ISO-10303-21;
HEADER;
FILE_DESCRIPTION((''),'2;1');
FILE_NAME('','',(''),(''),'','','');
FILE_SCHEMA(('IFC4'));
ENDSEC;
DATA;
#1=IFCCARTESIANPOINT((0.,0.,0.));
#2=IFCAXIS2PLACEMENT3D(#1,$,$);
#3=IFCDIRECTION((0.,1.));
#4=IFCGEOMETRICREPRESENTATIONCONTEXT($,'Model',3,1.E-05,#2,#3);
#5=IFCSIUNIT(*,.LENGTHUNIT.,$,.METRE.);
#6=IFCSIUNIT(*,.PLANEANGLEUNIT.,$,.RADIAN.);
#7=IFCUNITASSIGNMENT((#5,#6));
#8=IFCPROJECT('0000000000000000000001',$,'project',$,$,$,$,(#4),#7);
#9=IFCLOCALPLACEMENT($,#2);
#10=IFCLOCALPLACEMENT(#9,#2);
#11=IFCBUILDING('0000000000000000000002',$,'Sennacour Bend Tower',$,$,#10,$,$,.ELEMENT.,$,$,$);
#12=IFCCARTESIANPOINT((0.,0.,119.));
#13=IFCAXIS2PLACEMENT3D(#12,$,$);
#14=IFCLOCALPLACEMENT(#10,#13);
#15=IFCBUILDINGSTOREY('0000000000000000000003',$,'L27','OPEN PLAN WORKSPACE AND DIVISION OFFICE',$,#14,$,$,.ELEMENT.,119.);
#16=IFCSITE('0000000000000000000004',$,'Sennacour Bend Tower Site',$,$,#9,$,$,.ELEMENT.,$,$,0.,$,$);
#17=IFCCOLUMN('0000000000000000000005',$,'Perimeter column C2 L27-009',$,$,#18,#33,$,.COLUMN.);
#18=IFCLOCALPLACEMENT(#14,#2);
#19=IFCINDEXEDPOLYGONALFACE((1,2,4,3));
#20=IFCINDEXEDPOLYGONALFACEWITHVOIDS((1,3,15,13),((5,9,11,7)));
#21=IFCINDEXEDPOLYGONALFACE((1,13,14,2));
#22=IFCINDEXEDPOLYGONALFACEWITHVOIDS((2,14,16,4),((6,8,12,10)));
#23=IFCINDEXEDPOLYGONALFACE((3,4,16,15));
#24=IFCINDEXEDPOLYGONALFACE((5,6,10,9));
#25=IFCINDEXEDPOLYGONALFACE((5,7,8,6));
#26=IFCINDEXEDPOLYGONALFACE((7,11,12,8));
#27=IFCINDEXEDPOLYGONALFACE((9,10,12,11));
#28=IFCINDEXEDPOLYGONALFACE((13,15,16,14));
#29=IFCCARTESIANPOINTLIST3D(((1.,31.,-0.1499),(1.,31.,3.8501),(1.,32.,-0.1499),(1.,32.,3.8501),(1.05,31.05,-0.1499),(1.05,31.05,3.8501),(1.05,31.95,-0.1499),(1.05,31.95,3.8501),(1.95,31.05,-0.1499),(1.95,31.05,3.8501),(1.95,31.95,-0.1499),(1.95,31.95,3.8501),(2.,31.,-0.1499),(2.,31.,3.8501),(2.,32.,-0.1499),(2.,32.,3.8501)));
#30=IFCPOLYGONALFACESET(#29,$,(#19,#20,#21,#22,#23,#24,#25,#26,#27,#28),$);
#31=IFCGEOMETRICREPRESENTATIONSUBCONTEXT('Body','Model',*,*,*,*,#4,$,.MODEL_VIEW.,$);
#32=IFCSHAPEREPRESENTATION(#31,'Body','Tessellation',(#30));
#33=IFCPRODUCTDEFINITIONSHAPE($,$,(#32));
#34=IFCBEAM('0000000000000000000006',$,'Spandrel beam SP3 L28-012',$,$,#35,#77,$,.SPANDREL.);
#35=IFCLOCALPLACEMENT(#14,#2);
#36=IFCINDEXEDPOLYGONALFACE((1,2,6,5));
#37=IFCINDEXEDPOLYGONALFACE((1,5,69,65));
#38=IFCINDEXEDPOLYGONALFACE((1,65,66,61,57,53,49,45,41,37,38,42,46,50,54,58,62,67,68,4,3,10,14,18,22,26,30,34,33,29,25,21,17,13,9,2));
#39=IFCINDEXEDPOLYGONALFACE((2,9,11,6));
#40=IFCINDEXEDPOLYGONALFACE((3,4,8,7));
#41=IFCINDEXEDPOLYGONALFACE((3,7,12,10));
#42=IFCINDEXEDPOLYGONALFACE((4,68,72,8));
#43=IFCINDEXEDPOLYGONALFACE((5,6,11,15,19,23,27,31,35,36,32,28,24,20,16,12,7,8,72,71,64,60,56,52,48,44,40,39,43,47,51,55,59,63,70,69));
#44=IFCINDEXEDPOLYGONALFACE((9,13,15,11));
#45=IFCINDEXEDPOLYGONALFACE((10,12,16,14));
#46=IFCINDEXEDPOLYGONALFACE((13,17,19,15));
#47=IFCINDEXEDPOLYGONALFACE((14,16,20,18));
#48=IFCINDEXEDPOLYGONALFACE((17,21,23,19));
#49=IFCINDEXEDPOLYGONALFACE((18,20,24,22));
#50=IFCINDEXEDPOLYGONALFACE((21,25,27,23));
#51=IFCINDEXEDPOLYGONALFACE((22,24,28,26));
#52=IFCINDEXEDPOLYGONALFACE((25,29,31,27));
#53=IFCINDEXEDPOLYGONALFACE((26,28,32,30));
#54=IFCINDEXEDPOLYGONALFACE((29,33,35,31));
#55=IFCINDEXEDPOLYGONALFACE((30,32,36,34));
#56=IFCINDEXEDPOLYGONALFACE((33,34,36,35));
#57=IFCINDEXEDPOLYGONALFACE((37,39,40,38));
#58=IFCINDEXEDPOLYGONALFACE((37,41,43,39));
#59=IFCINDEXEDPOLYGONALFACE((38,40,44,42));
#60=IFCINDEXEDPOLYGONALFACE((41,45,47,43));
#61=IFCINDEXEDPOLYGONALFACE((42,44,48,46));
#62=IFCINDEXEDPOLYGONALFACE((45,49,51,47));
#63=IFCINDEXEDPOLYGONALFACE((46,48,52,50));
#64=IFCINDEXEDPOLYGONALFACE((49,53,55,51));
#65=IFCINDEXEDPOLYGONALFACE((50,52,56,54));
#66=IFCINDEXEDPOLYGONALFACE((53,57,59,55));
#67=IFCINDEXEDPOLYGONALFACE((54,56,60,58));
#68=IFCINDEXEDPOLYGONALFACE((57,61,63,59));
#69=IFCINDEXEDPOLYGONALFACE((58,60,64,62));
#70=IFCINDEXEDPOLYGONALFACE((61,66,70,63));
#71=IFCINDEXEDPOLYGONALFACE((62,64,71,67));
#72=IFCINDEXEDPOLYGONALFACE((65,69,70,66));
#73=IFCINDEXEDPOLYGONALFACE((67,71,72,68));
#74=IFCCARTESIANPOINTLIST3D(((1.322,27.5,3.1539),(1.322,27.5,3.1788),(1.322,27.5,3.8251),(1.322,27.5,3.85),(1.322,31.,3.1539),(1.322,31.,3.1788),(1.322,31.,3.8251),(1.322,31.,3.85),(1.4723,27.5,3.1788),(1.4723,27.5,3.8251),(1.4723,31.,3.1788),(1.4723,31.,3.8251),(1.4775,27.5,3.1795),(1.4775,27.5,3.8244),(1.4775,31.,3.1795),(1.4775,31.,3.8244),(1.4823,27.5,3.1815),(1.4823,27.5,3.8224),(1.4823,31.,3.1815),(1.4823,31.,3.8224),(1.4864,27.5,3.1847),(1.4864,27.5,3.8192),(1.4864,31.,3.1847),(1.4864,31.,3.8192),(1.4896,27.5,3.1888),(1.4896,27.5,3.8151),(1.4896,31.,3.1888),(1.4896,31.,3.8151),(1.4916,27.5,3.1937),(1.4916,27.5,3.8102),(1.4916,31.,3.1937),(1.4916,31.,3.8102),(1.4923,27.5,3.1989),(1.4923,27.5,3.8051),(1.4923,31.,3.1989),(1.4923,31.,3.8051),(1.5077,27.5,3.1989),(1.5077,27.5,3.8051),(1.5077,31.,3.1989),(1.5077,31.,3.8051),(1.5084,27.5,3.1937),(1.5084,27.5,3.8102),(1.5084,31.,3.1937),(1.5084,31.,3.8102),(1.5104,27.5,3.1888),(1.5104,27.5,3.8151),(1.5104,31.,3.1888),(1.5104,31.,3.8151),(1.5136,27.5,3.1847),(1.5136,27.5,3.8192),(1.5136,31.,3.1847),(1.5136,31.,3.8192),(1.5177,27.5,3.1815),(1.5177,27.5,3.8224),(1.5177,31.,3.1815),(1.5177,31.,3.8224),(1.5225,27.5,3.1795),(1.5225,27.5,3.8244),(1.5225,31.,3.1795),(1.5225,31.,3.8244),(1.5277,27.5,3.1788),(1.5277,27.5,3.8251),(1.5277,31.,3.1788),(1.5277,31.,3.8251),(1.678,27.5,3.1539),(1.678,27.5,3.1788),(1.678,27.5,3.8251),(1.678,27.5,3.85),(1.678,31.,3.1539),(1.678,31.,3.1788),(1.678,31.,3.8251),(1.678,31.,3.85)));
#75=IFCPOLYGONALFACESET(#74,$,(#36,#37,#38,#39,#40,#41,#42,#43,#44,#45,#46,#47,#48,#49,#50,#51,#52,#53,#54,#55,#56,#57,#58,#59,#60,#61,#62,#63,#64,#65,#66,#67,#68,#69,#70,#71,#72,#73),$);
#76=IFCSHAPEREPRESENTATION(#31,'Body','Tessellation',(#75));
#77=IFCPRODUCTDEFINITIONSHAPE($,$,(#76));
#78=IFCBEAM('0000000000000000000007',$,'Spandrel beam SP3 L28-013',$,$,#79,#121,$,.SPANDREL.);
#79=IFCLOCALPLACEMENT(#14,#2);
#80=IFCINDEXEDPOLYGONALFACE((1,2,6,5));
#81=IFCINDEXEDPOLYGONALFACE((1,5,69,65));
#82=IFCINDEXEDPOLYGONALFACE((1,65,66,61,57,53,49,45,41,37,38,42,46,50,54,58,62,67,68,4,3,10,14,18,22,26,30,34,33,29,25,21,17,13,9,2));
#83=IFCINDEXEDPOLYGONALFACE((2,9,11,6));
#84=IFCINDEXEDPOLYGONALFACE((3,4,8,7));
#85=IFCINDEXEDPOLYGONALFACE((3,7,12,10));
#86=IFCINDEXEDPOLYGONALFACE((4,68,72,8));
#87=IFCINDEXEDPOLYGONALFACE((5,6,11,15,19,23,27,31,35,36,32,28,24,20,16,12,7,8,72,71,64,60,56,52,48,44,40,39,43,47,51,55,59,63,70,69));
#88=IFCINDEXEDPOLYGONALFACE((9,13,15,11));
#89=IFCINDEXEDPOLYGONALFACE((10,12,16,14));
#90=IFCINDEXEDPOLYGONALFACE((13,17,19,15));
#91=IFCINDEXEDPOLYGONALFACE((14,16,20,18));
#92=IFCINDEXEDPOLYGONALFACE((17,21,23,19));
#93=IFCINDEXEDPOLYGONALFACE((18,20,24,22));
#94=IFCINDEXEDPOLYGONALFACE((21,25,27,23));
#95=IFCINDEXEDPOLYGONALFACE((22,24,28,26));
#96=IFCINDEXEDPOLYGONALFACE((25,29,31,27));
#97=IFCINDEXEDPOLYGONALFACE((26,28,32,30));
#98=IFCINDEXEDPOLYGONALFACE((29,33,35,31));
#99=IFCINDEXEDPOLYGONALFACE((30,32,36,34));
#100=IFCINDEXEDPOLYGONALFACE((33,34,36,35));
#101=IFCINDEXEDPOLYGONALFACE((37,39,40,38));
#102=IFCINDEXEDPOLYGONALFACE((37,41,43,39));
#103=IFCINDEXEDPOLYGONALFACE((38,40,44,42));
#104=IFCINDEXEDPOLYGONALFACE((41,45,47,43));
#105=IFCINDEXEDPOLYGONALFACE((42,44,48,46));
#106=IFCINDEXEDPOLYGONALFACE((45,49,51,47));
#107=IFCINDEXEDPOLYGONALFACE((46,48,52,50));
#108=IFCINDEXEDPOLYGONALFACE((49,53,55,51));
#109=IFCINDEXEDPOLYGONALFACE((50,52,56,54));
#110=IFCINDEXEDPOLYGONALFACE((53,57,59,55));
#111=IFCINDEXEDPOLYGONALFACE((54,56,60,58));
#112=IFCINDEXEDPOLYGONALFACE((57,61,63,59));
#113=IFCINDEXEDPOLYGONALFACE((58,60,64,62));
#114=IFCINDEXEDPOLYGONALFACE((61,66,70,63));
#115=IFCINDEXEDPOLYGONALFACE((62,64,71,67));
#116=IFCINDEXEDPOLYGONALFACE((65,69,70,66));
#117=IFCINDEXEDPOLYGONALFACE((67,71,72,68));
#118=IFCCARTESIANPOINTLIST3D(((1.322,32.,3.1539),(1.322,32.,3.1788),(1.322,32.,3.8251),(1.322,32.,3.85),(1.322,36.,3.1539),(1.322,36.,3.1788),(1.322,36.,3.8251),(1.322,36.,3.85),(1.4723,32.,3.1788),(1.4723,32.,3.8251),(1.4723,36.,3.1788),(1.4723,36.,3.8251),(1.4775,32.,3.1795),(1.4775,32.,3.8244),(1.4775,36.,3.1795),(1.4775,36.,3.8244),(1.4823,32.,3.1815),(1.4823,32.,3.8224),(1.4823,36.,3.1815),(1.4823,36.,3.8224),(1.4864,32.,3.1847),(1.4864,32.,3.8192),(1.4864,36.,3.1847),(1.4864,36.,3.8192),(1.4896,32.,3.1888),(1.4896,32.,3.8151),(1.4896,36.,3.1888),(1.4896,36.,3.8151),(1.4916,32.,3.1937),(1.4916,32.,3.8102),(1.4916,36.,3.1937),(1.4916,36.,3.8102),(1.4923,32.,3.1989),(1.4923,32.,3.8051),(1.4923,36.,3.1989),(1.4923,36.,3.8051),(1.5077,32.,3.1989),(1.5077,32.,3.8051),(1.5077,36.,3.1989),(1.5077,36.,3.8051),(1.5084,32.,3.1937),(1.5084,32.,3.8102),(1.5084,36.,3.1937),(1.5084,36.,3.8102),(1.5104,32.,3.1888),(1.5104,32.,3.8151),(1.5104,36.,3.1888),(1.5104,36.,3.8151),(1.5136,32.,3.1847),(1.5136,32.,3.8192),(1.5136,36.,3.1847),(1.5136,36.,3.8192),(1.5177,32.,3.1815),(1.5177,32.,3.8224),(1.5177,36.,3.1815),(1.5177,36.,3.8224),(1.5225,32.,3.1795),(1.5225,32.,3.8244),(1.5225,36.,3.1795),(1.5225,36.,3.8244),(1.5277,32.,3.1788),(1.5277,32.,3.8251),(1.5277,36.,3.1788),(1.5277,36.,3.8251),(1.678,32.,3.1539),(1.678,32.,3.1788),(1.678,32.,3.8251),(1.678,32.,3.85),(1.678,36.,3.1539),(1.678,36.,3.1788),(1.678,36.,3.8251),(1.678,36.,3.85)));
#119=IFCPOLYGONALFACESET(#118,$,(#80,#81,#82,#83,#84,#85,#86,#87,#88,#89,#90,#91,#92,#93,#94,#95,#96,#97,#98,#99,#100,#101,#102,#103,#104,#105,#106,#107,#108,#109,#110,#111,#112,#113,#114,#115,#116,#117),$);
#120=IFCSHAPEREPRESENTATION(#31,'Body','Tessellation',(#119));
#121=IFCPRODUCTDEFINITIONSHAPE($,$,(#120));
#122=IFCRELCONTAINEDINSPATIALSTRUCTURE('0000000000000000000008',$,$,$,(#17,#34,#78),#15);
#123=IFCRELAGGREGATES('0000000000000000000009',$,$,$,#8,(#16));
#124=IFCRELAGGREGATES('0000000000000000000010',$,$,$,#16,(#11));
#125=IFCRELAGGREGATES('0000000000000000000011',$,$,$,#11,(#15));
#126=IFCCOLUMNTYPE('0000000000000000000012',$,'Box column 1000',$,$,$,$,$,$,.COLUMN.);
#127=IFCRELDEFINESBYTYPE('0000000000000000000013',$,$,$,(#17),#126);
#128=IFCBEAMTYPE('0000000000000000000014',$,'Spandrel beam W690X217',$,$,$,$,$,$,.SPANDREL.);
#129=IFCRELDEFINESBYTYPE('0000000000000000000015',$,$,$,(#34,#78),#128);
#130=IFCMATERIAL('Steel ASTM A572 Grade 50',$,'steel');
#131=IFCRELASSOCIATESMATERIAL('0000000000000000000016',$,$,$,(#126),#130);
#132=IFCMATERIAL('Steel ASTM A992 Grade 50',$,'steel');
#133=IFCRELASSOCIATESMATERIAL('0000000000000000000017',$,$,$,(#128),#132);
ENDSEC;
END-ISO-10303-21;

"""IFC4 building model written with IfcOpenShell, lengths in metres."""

from ifc_helpers import new_model, si_unit, direction, frame, origin, origin_2d, place, context, subcontext, project, spatial, hollow_rectangle, i_section, extrude, material, material_profile, profile_set, type_object, element, save


model = new_model("IFC4")

# Units and contexts
model_context = context("Model", 3, precision=1e-05, world=origin(), true_north=direction((0.0, 1.0)))
body_context = subcontext(model_context, "Body", "Model", "MODEL_VIEW")
ifc_project = project(units=[si_unit("LENGTHUNIT", "METRE"), si_unit("PLANEANGLEUNIT", "RADIAN")], contexts=[model_context])

# Site, building, storey
site_placement = place(None, origin())
site = spatial("IfcSite", under=ifc_project, at=site_placement, Name="Sennacour Bend Tower Site", CompositionType="ELEMENT", RefElevation=0.0)
building_placement = place(site_placement, origin())
building = spatial("IfcBuilding", under=site, at=building_placement, Name="Sennacour Bend Tower", CompositionType="ELEMENT")
storey_placement = place(building_placement, frame((0.0, 0.0, 119.0)))
storey = spatial("IfcBuildingStorey", under=building, at=storey_placement, Name="L27", Description="OPEN PLAN WORKSPACE AND DIVISION OFFICE", CompositionType="ELEMENT", Elevation=119.0)

# Column
ifc_material_1 = material(Name="Steel ASTM A572 Grade 50", Category="steel")
ifc_material_profile_1 = material_profile(ifc_material_1, hollow_rectangle(XDim=1.0, YDim=1.0, WallThickness=0.05, at=origin_2d()), Name="Steel ASTM A572 Grade 50", Category="steel")
ifc_profile_set_1 = profile_set([ifc_material_profile_1], Name="Steel ASTM A572 Grade 50")
column_type = type_object("IfcColumnType", Name="Box column 1000", PredefinedType="COLUMN", material=ifc_profile_set_1)
column_placement = place(storey_placement, frame((1.5, 31.5, -0.1499), z_axis=(0.0, 0.0, 1.0), x_axis=(1.0, 0.0, 0.0)))
element("IfcColumn", 1, at=column_placement, inside=storey, type_object=column_type, Name="Perimeter column C2 L27-009", PredefinedType="COLUMN", context=body_context, shape_type="SweptSolid", body=[
    extrude(hollow_rectangle(XDim=1.0, YDim=1.0, WallThickness=0.05, at=origin_2d()), origin(), (0.0, 0.0, 1.0), 4.0),
])

# Beams
ifc_material_2 = material(Name="Steel ASTM A992 Grade 50", Category="steel")
ifc_material_profile_2 = material_profile(ifc_material_2, i_section(OverallWidth=0.356, OverallDepth=0.696, WebThickness=0.0154, FlangeThickness=0.0249, FilletRadius=0.02, at=origin_2d()), Name="Steel ASTM A992 Grade 50", Category="steel")
ifc_profile_set_2 = profile_set([ifc_material_profile_2], Name="Steel ASTM A992 Grade 50")
beam_type = type_object("IfcBeamType", Name="Spandrel beam W690X217", PredefinedType="SPANDREL", material=ifc_profile_set_2)
beam_1_placement = place(storey_placement, frame((1.5, 27.5, 3.502), z_axis=(0.0, 1.0, 0.0), x_axis=(-1.0, 0.0, 0.0)))
element("IfcBeam", 2, at=beam_1_placement, inside=storey, type_object=beam_type, Name="Spandrel beam SP3 L28-012", PredefinedType="SPANDREL", context=body_context, shape_type="SweptSolid", body=[
    extrude(i_section(OverallWidth=0.356, OverallDepth=0.696, WebThickness=0.0154, FlangeThickness=0.0249, FilletRadius=0.02, at=origin_2d()), origin(), (0.0, 0.0, 1.0), 3.5),
])
beam_2_placement = place(storey_placement, frame((1.5, 32.0, 3.502), z_axis=(0.0, 1.0, 0.0), x_axis=(-1.0, 0.0, 0.0)))
element("IfcBeam", 3, at=beam_2_placement, inside=storey, type_object=beam_type, Name="Spandrel beam SP3 L28-013", PredefinedType="SPANDREL", context=body_context, shape_type="SweptSolid", body=[
    extrude(i_section(OverallWidth=0.356, OverallDepth=0.696, WebThickness=0.0154, FlangeThickness=0.0249, FilletRadius=0.02, at=origin_2d()), origin(), (0.0, 0.0, 1.0), 4.0),
])

save(model, "model.ifc")
